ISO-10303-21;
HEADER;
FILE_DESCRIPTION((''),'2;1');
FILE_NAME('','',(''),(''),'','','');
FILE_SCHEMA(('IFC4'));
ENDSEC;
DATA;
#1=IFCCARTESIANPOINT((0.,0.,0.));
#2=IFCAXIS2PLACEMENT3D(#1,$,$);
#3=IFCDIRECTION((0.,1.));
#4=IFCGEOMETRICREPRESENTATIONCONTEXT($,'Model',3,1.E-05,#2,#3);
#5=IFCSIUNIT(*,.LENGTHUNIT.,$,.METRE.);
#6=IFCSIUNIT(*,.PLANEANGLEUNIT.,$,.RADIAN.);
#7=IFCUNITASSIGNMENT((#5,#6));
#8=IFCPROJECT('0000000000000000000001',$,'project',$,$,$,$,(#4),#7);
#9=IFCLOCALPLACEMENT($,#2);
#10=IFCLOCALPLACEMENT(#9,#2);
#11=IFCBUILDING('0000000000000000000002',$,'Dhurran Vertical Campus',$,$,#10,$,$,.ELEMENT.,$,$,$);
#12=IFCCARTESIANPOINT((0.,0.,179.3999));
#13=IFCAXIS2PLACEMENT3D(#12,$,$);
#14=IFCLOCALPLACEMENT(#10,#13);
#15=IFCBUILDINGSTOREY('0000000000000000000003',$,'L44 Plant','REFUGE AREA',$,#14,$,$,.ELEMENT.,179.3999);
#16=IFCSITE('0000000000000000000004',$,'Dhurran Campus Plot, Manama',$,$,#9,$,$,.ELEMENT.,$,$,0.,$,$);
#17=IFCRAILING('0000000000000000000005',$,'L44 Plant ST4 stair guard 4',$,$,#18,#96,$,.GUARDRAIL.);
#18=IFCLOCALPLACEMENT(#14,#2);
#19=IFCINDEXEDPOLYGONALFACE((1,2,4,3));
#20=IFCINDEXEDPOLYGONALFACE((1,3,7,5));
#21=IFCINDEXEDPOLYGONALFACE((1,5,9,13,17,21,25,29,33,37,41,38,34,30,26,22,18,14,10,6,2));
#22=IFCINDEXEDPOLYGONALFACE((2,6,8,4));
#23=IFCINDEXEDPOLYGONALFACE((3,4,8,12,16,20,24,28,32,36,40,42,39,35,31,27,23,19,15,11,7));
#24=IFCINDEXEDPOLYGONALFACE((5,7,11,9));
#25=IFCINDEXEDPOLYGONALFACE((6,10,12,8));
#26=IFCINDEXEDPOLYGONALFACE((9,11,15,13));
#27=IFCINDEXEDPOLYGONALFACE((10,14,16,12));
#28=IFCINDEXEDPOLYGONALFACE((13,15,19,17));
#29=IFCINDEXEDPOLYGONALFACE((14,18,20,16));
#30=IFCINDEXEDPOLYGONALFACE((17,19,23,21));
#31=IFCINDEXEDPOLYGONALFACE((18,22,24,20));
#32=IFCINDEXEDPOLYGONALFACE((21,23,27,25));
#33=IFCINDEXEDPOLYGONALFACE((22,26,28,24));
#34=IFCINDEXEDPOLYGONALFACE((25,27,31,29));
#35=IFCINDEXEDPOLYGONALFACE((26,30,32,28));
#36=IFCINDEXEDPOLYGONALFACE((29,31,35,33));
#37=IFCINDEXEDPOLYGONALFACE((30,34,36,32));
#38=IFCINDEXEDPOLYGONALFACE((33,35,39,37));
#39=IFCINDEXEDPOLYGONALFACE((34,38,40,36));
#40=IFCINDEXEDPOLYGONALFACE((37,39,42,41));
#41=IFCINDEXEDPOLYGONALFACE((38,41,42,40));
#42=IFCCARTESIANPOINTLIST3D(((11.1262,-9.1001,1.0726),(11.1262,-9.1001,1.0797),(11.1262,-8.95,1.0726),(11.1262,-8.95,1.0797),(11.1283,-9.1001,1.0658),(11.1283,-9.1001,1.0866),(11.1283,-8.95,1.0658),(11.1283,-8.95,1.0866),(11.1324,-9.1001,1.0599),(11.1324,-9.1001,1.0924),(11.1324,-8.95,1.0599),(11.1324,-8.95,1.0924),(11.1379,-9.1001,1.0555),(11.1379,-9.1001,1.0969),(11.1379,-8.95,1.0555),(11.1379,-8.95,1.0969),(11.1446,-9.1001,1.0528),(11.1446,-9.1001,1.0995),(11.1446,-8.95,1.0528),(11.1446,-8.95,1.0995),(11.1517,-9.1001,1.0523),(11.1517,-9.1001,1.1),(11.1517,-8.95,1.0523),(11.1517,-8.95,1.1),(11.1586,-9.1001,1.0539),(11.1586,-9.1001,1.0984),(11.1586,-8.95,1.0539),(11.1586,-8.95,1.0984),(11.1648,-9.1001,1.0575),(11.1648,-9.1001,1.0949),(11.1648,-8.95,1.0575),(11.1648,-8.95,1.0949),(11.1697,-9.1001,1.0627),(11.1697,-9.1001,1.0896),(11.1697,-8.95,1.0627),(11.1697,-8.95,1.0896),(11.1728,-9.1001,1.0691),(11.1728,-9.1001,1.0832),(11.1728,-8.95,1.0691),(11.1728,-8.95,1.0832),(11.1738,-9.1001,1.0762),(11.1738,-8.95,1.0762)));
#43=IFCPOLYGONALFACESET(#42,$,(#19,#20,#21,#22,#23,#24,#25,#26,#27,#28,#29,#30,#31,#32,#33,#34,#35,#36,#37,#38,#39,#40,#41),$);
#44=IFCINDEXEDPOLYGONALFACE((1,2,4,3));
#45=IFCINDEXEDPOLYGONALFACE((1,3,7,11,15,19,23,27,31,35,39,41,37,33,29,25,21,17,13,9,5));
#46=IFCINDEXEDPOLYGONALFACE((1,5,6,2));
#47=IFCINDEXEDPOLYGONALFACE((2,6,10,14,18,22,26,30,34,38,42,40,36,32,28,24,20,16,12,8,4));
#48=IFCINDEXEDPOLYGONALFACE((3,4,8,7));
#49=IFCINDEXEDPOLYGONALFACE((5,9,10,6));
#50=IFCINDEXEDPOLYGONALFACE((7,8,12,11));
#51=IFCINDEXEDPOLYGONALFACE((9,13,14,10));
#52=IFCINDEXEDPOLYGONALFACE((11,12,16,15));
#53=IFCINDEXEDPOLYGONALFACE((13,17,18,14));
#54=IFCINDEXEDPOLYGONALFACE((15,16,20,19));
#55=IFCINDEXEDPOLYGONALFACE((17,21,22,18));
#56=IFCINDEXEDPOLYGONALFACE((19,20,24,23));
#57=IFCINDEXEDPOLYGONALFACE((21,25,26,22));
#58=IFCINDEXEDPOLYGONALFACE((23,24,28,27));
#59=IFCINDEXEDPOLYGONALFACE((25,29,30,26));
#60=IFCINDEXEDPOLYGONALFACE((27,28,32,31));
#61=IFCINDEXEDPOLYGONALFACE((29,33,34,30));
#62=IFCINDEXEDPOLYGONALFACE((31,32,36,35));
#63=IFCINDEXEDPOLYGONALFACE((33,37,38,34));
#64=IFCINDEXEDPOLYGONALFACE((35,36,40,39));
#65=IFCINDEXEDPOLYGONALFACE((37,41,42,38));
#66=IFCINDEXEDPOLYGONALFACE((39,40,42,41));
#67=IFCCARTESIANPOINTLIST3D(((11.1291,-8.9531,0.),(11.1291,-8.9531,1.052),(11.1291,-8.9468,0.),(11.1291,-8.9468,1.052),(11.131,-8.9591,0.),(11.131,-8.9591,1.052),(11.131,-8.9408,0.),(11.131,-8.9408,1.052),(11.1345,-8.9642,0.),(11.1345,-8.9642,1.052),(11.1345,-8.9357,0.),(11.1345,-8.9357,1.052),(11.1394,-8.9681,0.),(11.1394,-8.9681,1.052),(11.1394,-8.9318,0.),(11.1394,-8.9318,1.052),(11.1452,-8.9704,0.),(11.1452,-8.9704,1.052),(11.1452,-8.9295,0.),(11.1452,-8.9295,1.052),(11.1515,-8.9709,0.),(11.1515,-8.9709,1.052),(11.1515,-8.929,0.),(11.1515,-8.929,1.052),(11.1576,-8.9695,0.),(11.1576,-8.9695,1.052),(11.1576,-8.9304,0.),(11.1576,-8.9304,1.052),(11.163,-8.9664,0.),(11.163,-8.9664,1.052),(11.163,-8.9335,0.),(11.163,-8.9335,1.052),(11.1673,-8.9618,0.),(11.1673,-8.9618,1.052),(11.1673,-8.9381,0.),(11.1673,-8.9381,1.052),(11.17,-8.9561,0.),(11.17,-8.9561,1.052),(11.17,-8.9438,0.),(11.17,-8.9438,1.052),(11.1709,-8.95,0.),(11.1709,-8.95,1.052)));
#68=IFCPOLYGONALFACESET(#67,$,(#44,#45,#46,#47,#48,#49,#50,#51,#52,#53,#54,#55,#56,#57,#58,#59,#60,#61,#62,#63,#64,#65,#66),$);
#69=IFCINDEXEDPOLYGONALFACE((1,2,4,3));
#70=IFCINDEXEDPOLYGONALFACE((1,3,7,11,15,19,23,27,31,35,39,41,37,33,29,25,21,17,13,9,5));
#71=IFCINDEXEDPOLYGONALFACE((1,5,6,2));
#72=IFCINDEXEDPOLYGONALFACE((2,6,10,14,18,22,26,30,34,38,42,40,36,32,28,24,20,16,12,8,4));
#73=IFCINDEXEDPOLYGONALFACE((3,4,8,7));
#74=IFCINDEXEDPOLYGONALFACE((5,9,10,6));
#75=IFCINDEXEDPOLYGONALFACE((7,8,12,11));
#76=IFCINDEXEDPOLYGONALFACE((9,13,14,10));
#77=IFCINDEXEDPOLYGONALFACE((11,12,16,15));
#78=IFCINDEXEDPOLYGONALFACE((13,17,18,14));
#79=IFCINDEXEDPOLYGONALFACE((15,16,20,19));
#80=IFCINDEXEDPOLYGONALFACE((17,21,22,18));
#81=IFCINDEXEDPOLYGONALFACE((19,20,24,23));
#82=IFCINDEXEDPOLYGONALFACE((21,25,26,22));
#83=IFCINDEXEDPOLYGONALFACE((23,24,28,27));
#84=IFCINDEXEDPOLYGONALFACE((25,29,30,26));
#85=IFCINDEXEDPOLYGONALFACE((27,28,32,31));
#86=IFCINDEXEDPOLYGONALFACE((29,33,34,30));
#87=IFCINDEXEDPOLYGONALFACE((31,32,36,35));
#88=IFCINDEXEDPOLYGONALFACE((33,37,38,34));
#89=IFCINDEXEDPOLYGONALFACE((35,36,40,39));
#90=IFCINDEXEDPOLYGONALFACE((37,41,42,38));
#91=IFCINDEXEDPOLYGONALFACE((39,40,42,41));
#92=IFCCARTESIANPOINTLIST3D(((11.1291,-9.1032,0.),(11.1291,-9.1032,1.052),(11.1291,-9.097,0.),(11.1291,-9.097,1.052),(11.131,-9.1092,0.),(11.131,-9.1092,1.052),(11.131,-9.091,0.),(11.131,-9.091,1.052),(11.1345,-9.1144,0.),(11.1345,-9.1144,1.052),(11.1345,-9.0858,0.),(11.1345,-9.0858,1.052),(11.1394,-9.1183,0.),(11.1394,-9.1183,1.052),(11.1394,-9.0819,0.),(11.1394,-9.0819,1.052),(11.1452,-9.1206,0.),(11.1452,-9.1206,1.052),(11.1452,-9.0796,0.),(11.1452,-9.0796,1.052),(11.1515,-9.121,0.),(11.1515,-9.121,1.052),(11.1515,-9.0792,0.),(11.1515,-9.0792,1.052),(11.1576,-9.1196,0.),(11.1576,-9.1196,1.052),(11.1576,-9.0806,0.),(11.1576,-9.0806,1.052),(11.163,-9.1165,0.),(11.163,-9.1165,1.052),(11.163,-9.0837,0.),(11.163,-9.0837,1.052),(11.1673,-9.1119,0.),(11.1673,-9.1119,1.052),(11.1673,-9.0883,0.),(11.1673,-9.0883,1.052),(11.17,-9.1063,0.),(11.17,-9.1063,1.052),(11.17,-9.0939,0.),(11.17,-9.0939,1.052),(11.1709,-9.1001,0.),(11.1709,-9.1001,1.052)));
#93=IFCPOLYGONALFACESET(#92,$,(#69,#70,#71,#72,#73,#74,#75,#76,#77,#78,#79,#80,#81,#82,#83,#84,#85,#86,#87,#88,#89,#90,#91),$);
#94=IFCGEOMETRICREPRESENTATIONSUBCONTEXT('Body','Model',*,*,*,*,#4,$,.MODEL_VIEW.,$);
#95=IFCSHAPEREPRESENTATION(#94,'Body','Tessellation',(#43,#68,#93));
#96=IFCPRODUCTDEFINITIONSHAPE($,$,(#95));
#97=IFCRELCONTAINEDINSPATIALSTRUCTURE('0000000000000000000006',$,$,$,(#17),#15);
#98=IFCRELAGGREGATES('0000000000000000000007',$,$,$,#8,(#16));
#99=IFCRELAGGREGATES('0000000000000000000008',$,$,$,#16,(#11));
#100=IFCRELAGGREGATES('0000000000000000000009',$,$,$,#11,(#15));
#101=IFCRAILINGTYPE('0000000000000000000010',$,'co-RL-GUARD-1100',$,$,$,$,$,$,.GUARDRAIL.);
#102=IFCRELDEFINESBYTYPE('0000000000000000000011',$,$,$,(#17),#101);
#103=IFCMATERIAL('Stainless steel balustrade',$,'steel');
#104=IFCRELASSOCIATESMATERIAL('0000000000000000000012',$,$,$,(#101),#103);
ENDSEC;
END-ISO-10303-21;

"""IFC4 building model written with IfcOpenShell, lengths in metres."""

from ifc_helpers import new_model, si_unit, direction, frame, origin, origin_2d, place, context, subcontext, project, spatial, circle, extrude, material, type_object, element, save


model = new_model("IFC4")

# Units and contexts
model_context = context("Model", 3, precision=1e-05, world=origin(), true_north=direction((0.0, 1.0)))
body_context = subcontext(model_context, "Body", "Model", "MODEL_VIEW")
ifc_project = project(units=[si_unit("LENGTHUNIT", "METRE"), si_unit("PLANEANGLEUNIT", "RADIAN")], contexts=[model_context])

# Site, building, storey
site_placement = place(None, origin())
site = spatial("IfcSite", under=ifc_project, at=site_placement, Name="Dhurran Campus Plot, Manama", CompositionType="ELEMENT", RefElevation=0.0)
building_placement = place(site_placement, origin())
building = spatial("IfcBuilding", under=site, at=building_placement, Name="Dhurran Vertical Campus", CompositionType="ELEMENT")
storey_placement = place(building_placement, frame((0.0, 0.0, 179.3999)))
storey = spatial("IfcBuildingStorey", under=building, at=storey_placement, Name="L44 Plant", Description="REFUGE AREA", CompositionType="ELEMENT", Elevation=179.3999)

# Railing
ifc_material_1 = material(Name="Stainless steel balustrade", Category="steel")
railing_type_1 = type_object("IfcRailingType", Name="co-RL-GUARD-1100", PredefinedType="GUARDRAIL", material=ifc_material_1)
railing_1_placement = place(storey_placement, frame((11.1499, -8.95, 0.0)))
element("IfcRailing", 1, at=railing_1_placement, inside=storey, type_object=railing_type_1, Name="L44 Plant ST4 stair guard 4", PredefinedType="GUARDRAIL", context=body_context, shape_type="SweptSolid", body=[
    extrude(circle(Radius=0.0239, at=origin_2d()), frame((0.0, 0.0, 1.0762), z_axis=(0.0, -1.0, 0.0), x_axis=(1.0, 0.0, 0.0)), (0.0, 0.0, 1.0), 0.1501),
    extrude(circle(Radius=0.021, at=origin_2d()), origin(), (0.0, 0.0, 1.0), 1.052),
    extrude(circle(Radius=0.021, at=origin_2d()), frame((0.0, -0.1501, 0.0)), (0.0, 0.0, 1.0), 1.052),
])

save(model, "model.ifc")
